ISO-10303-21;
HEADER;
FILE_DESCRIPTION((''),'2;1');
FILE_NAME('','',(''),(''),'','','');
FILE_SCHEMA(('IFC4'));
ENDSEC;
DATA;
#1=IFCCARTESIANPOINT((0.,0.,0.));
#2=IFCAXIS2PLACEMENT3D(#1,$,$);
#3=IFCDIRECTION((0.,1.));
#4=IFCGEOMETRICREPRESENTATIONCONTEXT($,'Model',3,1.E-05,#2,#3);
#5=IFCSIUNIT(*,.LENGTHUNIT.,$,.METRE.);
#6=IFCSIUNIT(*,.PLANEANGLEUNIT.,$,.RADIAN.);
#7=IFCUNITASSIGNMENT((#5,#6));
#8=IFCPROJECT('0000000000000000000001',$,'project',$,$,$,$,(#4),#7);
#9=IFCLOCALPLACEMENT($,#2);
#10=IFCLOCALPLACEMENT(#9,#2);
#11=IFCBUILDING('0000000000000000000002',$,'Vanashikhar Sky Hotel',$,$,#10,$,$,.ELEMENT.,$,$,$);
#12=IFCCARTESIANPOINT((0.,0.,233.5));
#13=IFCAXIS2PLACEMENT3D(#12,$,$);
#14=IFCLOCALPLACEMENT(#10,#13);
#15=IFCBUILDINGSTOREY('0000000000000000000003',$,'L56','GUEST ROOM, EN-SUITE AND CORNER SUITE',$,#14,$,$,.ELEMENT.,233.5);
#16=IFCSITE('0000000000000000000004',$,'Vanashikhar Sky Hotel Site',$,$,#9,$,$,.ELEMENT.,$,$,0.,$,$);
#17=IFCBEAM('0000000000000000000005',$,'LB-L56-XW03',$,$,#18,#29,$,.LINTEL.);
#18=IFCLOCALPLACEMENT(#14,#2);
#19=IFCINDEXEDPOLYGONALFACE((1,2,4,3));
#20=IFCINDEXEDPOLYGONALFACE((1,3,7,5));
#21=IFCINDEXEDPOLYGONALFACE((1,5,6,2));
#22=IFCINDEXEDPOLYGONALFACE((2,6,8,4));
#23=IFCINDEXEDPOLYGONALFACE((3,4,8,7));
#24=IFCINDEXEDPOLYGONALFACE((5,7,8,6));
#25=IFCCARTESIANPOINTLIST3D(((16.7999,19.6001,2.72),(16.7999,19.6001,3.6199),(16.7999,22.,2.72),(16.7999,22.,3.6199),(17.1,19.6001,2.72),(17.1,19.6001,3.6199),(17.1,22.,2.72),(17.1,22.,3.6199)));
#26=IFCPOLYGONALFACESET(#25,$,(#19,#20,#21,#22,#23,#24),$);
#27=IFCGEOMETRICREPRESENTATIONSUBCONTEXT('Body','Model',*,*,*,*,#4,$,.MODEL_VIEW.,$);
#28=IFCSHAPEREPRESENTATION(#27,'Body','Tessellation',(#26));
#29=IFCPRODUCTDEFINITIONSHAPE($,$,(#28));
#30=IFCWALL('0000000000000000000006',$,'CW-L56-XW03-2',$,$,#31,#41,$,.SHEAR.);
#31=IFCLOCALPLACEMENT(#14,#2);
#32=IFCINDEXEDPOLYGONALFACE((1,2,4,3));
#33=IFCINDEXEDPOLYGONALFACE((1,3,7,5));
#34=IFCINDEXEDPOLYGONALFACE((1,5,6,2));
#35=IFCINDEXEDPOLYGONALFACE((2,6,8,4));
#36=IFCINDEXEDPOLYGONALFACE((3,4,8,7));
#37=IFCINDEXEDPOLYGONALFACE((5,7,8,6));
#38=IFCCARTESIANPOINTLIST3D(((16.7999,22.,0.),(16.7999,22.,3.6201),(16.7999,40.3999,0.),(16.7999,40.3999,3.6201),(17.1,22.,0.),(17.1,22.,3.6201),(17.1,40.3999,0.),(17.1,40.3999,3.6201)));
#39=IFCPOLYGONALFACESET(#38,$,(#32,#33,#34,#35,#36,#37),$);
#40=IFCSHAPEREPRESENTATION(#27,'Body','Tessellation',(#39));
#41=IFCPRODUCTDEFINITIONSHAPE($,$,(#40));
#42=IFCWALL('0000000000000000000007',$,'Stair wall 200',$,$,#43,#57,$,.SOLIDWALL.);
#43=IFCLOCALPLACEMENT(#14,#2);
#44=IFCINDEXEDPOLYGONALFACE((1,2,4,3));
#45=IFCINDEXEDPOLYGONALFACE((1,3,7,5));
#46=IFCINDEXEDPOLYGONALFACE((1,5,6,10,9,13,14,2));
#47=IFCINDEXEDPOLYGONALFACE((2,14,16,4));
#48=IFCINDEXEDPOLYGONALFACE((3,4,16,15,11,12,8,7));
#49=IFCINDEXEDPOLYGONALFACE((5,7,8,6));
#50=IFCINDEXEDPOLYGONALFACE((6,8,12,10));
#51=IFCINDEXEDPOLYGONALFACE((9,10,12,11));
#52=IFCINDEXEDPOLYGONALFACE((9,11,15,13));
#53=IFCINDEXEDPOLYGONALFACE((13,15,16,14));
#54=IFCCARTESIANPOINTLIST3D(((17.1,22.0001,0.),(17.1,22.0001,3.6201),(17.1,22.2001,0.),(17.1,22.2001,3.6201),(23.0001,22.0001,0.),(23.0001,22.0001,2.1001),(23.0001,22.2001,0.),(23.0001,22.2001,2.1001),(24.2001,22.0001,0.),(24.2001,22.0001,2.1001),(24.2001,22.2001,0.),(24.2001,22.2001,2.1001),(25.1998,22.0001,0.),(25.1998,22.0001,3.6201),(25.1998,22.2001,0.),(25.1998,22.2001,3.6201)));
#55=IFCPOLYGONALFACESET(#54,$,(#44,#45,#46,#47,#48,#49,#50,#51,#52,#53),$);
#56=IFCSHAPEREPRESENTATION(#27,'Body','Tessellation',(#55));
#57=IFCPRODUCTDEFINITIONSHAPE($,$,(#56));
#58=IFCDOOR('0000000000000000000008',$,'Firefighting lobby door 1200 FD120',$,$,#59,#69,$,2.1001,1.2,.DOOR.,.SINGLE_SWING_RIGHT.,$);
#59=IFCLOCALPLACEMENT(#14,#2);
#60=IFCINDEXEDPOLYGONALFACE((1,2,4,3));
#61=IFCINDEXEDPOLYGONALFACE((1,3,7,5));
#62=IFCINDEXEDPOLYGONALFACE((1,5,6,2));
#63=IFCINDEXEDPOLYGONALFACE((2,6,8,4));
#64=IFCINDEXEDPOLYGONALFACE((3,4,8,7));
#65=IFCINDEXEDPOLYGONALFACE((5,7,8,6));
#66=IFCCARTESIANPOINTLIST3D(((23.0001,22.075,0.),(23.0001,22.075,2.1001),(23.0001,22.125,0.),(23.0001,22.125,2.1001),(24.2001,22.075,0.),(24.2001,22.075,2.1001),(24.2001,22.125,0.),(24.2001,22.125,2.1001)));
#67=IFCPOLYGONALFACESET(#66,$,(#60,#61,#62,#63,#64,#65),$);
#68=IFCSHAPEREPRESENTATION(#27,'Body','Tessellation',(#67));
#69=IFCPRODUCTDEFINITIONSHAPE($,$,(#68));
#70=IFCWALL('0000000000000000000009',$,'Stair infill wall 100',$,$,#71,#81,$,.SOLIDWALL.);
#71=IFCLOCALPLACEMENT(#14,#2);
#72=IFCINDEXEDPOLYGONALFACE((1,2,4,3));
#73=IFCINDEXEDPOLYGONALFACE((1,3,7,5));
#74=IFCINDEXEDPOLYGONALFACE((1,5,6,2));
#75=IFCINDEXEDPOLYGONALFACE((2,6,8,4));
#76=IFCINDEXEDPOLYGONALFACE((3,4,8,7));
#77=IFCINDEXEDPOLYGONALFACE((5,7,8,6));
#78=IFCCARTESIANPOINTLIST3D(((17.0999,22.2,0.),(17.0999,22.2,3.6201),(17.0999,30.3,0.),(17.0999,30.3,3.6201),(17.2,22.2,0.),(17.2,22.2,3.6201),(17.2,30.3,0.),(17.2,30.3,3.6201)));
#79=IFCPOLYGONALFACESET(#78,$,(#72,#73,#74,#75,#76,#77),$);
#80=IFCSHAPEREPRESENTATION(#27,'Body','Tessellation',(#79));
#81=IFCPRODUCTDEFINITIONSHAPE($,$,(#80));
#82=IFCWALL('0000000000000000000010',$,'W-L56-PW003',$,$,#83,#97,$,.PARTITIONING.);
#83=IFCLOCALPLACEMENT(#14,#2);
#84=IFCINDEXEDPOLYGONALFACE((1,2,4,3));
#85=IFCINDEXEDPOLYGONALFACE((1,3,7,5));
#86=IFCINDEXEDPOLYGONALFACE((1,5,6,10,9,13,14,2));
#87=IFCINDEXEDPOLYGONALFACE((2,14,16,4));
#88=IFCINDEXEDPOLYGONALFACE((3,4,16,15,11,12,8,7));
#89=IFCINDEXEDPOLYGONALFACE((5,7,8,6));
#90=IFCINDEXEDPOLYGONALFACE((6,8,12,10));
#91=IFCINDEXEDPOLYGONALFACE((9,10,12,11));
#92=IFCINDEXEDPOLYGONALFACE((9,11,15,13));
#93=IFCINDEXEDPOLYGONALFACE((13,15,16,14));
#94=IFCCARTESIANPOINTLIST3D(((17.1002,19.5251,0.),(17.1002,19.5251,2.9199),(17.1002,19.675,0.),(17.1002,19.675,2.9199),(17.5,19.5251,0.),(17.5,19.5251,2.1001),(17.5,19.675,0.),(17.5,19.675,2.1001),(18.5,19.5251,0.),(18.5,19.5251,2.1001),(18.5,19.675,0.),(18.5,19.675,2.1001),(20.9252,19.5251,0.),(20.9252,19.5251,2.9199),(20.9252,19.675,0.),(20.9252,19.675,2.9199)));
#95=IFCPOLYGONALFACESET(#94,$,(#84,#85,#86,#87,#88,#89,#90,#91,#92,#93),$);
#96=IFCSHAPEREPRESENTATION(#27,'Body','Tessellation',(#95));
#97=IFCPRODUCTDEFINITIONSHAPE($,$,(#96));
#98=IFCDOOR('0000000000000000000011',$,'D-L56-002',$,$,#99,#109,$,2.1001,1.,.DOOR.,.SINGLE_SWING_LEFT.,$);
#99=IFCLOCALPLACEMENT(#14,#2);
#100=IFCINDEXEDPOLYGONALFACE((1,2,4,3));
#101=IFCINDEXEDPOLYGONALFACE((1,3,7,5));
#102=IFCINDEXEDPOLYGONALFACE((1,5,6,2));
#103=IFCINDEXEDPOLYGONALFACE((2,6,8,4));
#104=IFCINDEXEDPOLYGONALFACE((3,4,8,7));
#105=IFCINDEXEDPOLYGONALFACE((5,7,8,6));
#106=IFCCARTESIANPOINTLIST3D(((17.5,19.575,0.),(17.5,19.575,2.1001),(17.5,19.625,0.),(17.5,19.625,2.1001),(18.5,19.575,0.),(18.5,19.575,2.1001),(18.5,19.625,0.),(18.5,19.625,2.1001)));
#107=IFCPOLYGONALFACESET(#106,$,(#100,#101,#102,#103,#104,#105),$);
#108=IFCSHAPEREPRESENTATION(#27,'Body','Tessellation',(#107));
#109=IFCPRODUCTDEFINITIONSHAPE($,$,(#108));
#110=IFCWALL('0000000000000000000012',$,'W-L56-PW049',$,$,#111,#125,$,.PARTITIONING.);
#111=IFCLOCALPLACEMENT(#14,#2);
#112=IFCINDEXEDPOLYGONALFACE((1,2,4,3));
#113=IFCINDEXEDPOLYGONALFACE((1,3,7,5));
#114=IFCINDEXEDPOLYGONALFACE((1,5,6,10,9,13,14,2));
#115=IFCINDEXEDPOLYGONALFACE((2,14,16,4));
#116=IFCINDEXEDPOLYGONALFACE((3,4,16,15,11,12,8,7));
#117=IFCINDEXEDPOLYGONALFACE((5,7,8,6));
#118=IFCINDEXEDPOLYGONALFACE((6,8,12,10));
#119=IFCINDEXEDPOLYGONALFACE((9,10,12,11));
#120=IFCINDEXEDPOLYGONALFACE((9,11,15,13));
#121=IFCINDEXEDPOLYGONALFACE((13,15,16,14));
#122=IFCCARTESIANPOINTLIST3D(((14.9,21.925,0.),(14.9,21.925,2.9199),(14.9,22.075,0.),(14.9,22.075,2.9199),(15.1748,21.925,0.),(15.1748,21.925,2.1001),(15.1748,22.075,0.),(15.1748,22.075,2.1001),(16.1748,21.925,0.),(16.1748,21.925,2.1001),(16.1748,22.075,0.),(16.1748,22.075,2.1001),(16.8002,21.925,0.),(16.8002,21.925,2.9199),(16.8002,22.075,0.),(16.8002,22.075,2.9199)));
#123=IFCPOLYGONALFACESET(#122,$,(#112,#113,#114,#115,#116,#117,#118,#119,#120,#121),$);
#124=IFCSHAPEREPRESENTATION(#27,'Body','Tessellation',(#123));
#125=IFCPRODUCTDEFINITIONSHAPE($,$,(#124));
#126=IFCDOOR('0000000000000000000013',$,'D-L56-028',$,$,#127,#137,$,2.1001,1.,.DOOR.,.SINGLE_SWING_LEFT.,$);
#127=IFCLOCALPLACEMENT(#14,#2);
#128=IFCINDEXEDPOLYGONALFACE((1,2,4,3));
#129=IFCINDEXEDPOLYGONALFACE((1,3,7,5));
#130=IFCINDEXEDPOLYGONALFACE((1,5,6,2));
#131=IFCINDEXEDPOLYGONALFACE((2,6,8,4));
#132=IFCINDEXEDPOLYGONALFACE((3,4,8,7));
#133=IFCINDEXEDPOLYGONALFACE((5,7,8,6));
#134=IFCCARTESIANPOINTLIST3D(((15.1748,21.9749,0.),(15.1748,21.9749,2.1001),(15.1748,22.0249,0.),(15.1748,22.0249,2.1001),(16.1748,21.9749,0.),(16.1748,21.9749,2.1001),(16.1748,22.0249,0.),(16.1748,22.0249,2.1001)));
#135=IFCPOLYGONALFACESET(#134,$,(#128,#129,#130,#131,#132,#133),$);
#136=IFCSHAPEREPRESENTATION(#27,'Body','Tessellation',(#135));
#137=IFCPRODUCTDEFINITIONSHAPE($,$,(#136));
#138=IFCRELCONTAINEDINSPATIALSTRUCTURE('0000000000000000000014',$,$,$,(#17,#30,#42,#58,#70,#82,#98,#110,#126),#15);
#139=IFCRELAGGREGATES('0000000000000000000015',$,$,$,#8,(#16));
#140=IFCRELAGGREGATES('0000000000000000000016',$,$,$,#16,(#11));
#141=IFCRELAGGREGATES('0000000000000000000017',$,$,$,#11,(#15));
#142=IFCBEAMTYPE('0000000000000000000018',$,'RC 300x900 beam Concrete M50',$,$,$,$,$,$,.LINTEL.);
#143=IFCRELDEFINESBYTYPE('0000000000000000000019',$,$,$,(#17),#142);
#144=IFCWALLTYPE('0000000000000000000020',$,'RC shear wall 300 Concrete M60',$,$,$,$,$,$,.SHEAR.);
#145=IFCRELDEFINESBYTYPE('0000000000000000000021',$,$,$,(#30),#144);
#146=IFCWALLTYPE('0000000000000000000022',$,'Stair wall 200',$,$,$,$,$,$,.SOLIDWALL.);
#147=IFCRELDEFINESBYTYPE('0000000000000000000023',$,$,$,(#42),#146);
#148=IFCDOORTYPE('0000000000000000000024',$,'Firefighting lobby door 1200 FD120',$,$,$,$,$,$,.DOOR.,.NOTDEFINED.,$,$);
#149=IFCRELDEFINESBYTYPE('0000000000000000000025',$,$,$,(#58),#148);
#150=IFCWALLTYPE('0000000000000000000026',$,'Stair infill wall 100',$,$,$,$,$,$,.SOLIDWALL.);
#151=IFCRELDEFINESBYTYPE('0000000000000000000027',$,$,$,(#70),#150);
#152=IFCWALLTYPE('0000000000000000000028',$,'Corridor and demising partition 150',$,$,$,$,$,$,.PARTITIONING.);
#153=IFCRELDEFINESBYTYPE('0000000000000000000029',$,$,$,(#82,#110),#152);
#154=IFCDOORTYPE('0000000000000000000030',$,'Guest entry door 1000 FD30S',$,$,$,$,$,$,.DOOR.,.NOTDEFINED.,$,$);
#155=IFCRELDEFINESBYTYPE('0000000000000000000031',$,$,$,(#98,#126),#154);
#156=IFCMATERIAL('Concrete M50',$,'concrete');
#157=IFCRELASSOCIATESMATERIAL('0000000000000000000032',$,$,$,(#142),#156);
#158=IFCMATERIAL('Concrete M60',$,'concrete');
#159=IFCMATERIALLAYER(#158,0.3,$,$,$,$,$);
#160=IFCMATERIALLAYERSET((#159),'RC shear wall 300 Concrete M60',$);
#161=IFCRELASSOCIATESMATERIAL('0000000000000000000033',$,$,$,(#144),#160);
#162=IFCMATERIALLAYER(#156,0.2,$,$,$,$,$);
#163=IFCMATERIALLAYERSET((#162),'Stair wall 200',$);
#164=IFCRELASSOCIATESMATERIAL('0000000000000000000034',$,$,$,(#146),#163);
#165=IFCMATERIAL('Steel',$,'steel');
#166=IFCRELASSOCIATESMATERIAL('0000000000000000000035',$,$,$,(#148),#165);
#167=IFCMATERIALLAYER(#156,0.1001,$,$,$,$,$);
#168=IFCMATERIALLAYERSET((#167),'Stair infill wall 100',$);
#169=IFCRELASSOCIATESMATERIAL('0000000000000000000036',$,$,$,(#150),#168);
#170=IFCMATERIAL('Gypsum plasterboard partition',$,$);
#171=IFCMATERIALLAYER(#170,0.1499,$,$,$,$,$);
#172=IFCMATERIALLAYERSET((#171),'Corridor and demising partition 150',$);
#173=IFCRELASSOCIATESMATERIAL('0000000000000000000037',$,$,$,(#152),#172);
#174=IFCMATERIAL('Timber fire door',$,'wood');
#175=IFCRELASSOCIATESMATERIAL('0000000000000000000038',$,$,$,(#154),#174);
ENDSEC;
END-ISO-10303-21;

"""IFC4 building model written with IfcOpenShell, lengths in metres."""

from ifc_helpers import new_model, si_unit, direction, frame, frame_2d, origin, origin_2d, place, context, subcontext, project, spatial, rectangle, extrude, source, transform, mapped, material, layer, layer_set, material_profile, profile_set, type_object, element, fill, save


model = new_model("IFC4")

# Units and contexts
model_context = context("Model", 3, precision=1e-05, world=origin(), true_north=direction((0.0, 1.0)))
body_context = subcontext(model_context, "Body", "Model", "MODEL_VIEW")
ifc_project = project(units=[si_unit("LENGTHUNIT", "METRE"), si_unit("PLANEANGLEUNIT", "RADIAN")], contexts=[model_context])

# Site, building, storey
site_placement = place(None, origin())
site = spatial("IfcSite", under=ifc_project, at=site_placement, Name="Vanashikhar Sky Hotel Site", CompositionType="ELEMENT", RefElevation=0.0)
building_placement = place(site_placement, origin())
building = spatial("IfcBuilding", under=site, at=building_placement, Name="Vanashikhar Sky Hotel", CompositionType="ELEMENT")
storey_placement = place(building_placement, frame((0.0, 0.0, 233.5)))
storey = spatial("IfcBuildingStorey", under=building, at=storey_placement, Name="L56", Description="GUEST ROOM, EN-SUITE AND CORNER SUITE", CompositionType="ELEMENT", Elevation=233.5)

# Beam
ifc_material_1 = material(Name="Concrete M50", Category="concrete")
ifc_material_profile = material_profile(ifc_material_1, rectangle(XDim=0.3, YDim=0.8999, at=origin_2d()))
ifc_profile_set = profile_set([ifc_material_profile], Name="RC 300x900 beam Concrete M50")
beam_type = type_object("IfcBeamType", Name="RC 300x900 beam Concrete M50", PredefinedType="LINTEL", material=ifc_profile_set)
shared_shape_1 = source(origin(), body_context, "Body", "SweptSolid", [
    extrude(rectangle(XDim=0.3, YDim=0.8999, at=origin_2d()), origin(), (0.0, 0.0, 1.0), 2.3999),
])
beam_placement = place(storey_placement, frame((16.95, 19.6001, 3.1699), z_axis=(0.0, 1.0, 0.0), x_axis=(-1.0, 0.0, 0.0)))
element("IfcBeam", 1, at=beam_placement, inside=storey, type_object=beam_type, Name="LB-L56-XW03", PredefinedType="LINTEL", context=body_context, shape_type="MappedRepresentation", body=[
    mapped(shared_shape_1, transform((0.0, 0.0, 0.0), scale=1.0)),
])

# Wall
ifc_material_2 = material(Name="Concrete M60", Category="concrete")
ifc_layer_1 = layer(ifc_material_2, 0.3)
ifc_layer_set_1 = layer_set([ifc_layer_1], Name="RC shear wall 300 Concrete M60")
wall_type_1 = type_object("IfcWallType", Name="RC shear wall 300 Concrete M60", PredefinedType="SHEAR", material=ifc_layer_set_1)
shared_shape_2 = source(origin(), body_context, "Body", "SweptSolid", [
    extrude(rectangle(XDim=18.3999, YDim=0.3, at=frame_2d((9.2, 0.0))), origin(), (0.0, 0.0, 1.0), 3.6201),
])
wall_1_placement = place(storey_placement, frame((16.95, 22.0, 0.0), z_axis=(0.0, 0.0, 1.0), x_axis=(0.0, 1.0, 0.0)))
element("IfcWall", 2, at=wall_1_placement, inside=storey, type_object=wall_type_1, Name="CW-L56-XW03-2", PredefinedType="SHEAR", context=body_context, shape_type="MappedRepresentation", body=[
    mapped(shared_shape_2, transform((0.0, 0.0, 0.0), scale=1.0)),
])

# Wall, opening, door
ifc_layer_2 = layer(ifc_material_1, 0.2)
ifc_layer_set_2 = layer_set([ifc_layer_2], Name="Stair wall 200")
wall_type_2 = type_object("IfcWallType", Name="Stair wall 200", PredefinedType="SOLIDWALL", material=ifc_layer_set_2)
shared_shape_3 = source(origin(), body_context, "Body", "SweptSolid", [
    extrude(rectangle(XDim=8.0999, YDim=0.2, at=frame_2d((4.0498, 0.0))), origin(), (0.0, 0.0, 1.0), 3.6201),
])
wall_2_placement = place(storey_placement, frame((17.1001, 22.1001, 0.0), z_axis=(0.0, 0.0, 1.0), x_axis=(1.0, 0.0, 0.0)))
wall_2 = element("IfcWall", 3, at=wall_2_placement, inside=storey, type_object=wall_type_2, Name="Stair wall 200", PredefinedType="SOLIDWALL", context=body_context, shape_type="MappedRepresentation", body=[
    mapped(shared_shape_3, transform((0.0, 0.0, 0.0), scale=1.0)),
])
shared_shape_4 = source(origin(), body_context, "Body", "SweptSolid", [
    extrude(rectangle(XDim=1.2, YDim=2.1001, at=frame_2d((0.6001, 1.05))), frame((0.0, 0.1099, 0.0), z_axis=(0.0, -1.0, 0.0), x_axis=(1.0, 0.0, 0.0)), (0.0, 0.0, 1.0), 0.22),
])
opening_1_placement = place(wall_2_placement, frame((5.8999, 0.0, 0.0)))
opening_1 = element("IfcOpeningElement", 4, at=opening_1_placement, cuts=wall_2, PredefinedType="OPENING", context=body_context, shape_type="MappedRepresentation", body=[
    mapped(shared_shape_4, transform((0.0, 0.0, 0.0), scale=1.0)),
])
ifc_material_3 = material(Name="Steel", Category="steel")
door_type_1 = type_object("IfcDoorType", Name="Firefighting lobby door 1200 FD120", OperationType="NOTDEFINED", PredefinedType="DOOR", material=ifc_material_3)
shared_shape_5 = source(origin(), body_context, "Body", "SweptSolid", [
    extrude(rectangle(XDim=1.2, YDim=2.1001, at=frame_2d((0.6001, 1.05))), frame((0.0, 0.0249, 0.0), z_axis=(0.0, -1.0, 0.0), x_axis=(1.0, 0.0, 0.0)), (0.0, 0.0, 1.0), 0.05),
])
door_1_placement = place(opening_1_placement, origin())
door_1 = element("IfcDoor", 5, at=door_1_placement, inside=storey, type_object=door_type_1, Name="Firefighting lobby door 1200 FD120", OperationType="SINGLE_SWING_RIGHT", OverallHeight=2.1001, OverallWidth=1.2, PredefinedType="DOOR", context=body_context, shape_type="MappedRepresentation", body=[
    mapped(shared_shape_5, transform((0.0, 0.0, 0.0), scale=1.0)),
])
fill(opening_1, door_1)

# Wall
ifc_layer_3 = layer(ifc_material_1, 0.1001)
ifc_layer_set_3 = layer_set([ifc_layer_3], Name="Stair infill wall 100")
wall_type_3 = type_object("IfcWallType", Name="Stair infill wall 100", PredefinedType="SOLIDWALL", material=ifc_layer_set_3)
shared_shape_6 = source(origin(), body_context, "Body", "SweptSolid", [
    extrude(rectangle(XDim=8.1001, YDim=0.1001, at=frame_2d((4.05, 0.0))), origin(), (0.0, 0.0, 1.0), 3.6201),
])
wall_3_placement = place(storey_placement, frame((17.1499, 22.2, 0.0), z_axis=(0.0, 0.0, 1.0), x_axis=(0.0, 1.0, 0.0)))
element("IfcWall", 6, at=wall_3_placement, inside=storey, type_object=wall_type_3, Name="Stair infill wall 100", PredefinedType="SOLIDWALL", context=body_context, shape_type="MappedRepresentation", body=[
    mapped(shared_shape_6, transform((0.0, 0.0, 0.0), scale=1.0)),
])

# Walls, openings, doors
ifc_material_4 = material(Name="Gypsum plasterboard partition")
ifc_layer_4 = layer(ifc_material_4, 0.1499)
ifc_layer_set_4 = layer_set([ifc_layer_4], Name="Corridor and demising partition 150")
wall_type_4 = type_object("IfcWallType", Name="Corridor and demising partition 150", PredefinedType="PARTITIONING", material=ifc_layer_set_4)
shared_shape_7 = source(origin(), body_context, "Body", "SweptSolid", [
    extrude(rectangle(XDim=3.825, YDim=0.1499, at=frame_2d((1.9126, 0.0))), origin(), (0.0, 0.0, 1.0), 2.9199),
])
wall_4_placement = place(storey_placement, frame((17.1001, 19.6001, 0.0), z_axis=(0.0, 0.0, 1.0), x_axis=(1.0, 0.0, 0.0)))
wall_4 = element("IfcWall", 7, at=wall_4_placement, inside=storey, type_object=wall_type_4, Name="W-L56-PW003", PredefinedType="PARTITIONING", context=body_context, shape_type="MappedRepresentation", body=[
    mapped(shared_shape_7, transform((0.0, 0.0, 0.0), scale=1.0)),
])
shared_shape_8 = source(origin(), body_context, "Body", "SweptSolid", [
    extrude(rectangle(XDim=1.0, YDim=2.1001, at=frame_2d((0.5, 1.05))), frame((0.0, 0.085, 0.0), z_axis=(0.0, -1.0, 0.0), x_axis=(1.0, 0.0, 0.0)), (0.0, 0.0, 1.0), 0.1699),
])
opening_2_placement = place(wall_4_placement, frame((0.3999, 0.0, 0.0)))
opening_2 = element("IfcOpeningElement", 8, at=opening_2_placement, cuts=wall_4, PredefinedType="OPENING", context=body_context, shape_type="MappedRepresentation", body=[
    mapped(shared_shape_8, transform((0.0, 0.0, 0.0), scale=1.0)),
])
ifc_material_5 = material(Name="Timber fire door", Category="wood")
door_type_2 = type_object("IfcDoorType", Name="Guest entry door 1000 FD30S", OperationType="NOTDEFINED", PredefinedType="DOOR", material=ifc_material_5)
shared_shape_9 = source(origin(), body_context, "Body", "SweptSolid", [
    extrude(rectangle(XDim=1.0, YDim=2.1001, at=frame_2d((0.5, 1.05))), frame((0.0, 0.0249, 0.0), z_axis=(0.0, -1.0, 0.0), x_axis=(1.0, 0.0, 0.0)), (0.0, 0.0, 1.0), 0.05),
])
door_2_placement = place(opening_2_placement, origin())
door_2 = element("IfcDoor", 9, at=door_2_placement, inside=storey, type_object=door_type_2, Name="D-L56-002", OperationType="SINGLE_SWING_LEFT", OverallHeight=2.1001, OverallWidth=1.0, PredefinedType="DOOR", context=body_context, shape_type="MappedRepresentation", body=[
    mapped(shared_shape_9, transform((0.0, 0.0, 0.0), scale=1.0)),
])
fill(opening_2, door_2)
shared_shape_10 = source(origin(), body_context, "Body", "SweptSolid", [
    extrude(rectangle(XDim=1.9001, YDim=0.1499, at=frame_2d((0.9502, 0.0))), origin(), (0.0, 0.0, 1.0), 2.9199),
])
wall_5_placement = place(storey_placement, frame((14.8999, 22.0, 0.0), z_axis=(0.0, 0.0, 1.0), x_axis=(1.0, 0.0, 0.0)))
wall_5 = element("IfcWall", 10, at=wall_5_placement, inside=storey, type_object=wall_type_4, Name="W-L56-PW049", PredefinedType="PARTITIONING", context=body_context, shape_type="MappedRepresentation", body=[
    mapped(shared_shape_10, transform((0.0, 0.0, 0.0), scale=1.0)),
])
opening_3_placement = place(wall_5_placement, frame((0.2749, 0.0, 0.0)))
opening_3 = element("IfcOpeningElement", 11, at=opening_3_placement, cuts=wall_5, PredefinedType="OPENING", context=body_context, shape_type="MappedRepresentation", body=[
    mapped(shared_shape_8, transform((0.0, 0.0, 0.0), scale=1.0)),
])
door_3_placement = place(opening_3_placement, origin())
door_3 = element("IfcDoor", 12, at=door_3_placement, inside=storey, type_object=door_type_2, Name="D-L56-028", OperationType="SINGLE_SWING_LEFT", OverallHeight=2.1001, OverallWidth=1.0, PredefinedType="DOOR", context=body_context, shape_type="MappedRepresentation", body=[
    mapped(shared_shape_9, transform((0.0, 0.0, 0.0), scale=1.0)),
])
fill(opening_3, door_3)

save(model, "model.ifc")
